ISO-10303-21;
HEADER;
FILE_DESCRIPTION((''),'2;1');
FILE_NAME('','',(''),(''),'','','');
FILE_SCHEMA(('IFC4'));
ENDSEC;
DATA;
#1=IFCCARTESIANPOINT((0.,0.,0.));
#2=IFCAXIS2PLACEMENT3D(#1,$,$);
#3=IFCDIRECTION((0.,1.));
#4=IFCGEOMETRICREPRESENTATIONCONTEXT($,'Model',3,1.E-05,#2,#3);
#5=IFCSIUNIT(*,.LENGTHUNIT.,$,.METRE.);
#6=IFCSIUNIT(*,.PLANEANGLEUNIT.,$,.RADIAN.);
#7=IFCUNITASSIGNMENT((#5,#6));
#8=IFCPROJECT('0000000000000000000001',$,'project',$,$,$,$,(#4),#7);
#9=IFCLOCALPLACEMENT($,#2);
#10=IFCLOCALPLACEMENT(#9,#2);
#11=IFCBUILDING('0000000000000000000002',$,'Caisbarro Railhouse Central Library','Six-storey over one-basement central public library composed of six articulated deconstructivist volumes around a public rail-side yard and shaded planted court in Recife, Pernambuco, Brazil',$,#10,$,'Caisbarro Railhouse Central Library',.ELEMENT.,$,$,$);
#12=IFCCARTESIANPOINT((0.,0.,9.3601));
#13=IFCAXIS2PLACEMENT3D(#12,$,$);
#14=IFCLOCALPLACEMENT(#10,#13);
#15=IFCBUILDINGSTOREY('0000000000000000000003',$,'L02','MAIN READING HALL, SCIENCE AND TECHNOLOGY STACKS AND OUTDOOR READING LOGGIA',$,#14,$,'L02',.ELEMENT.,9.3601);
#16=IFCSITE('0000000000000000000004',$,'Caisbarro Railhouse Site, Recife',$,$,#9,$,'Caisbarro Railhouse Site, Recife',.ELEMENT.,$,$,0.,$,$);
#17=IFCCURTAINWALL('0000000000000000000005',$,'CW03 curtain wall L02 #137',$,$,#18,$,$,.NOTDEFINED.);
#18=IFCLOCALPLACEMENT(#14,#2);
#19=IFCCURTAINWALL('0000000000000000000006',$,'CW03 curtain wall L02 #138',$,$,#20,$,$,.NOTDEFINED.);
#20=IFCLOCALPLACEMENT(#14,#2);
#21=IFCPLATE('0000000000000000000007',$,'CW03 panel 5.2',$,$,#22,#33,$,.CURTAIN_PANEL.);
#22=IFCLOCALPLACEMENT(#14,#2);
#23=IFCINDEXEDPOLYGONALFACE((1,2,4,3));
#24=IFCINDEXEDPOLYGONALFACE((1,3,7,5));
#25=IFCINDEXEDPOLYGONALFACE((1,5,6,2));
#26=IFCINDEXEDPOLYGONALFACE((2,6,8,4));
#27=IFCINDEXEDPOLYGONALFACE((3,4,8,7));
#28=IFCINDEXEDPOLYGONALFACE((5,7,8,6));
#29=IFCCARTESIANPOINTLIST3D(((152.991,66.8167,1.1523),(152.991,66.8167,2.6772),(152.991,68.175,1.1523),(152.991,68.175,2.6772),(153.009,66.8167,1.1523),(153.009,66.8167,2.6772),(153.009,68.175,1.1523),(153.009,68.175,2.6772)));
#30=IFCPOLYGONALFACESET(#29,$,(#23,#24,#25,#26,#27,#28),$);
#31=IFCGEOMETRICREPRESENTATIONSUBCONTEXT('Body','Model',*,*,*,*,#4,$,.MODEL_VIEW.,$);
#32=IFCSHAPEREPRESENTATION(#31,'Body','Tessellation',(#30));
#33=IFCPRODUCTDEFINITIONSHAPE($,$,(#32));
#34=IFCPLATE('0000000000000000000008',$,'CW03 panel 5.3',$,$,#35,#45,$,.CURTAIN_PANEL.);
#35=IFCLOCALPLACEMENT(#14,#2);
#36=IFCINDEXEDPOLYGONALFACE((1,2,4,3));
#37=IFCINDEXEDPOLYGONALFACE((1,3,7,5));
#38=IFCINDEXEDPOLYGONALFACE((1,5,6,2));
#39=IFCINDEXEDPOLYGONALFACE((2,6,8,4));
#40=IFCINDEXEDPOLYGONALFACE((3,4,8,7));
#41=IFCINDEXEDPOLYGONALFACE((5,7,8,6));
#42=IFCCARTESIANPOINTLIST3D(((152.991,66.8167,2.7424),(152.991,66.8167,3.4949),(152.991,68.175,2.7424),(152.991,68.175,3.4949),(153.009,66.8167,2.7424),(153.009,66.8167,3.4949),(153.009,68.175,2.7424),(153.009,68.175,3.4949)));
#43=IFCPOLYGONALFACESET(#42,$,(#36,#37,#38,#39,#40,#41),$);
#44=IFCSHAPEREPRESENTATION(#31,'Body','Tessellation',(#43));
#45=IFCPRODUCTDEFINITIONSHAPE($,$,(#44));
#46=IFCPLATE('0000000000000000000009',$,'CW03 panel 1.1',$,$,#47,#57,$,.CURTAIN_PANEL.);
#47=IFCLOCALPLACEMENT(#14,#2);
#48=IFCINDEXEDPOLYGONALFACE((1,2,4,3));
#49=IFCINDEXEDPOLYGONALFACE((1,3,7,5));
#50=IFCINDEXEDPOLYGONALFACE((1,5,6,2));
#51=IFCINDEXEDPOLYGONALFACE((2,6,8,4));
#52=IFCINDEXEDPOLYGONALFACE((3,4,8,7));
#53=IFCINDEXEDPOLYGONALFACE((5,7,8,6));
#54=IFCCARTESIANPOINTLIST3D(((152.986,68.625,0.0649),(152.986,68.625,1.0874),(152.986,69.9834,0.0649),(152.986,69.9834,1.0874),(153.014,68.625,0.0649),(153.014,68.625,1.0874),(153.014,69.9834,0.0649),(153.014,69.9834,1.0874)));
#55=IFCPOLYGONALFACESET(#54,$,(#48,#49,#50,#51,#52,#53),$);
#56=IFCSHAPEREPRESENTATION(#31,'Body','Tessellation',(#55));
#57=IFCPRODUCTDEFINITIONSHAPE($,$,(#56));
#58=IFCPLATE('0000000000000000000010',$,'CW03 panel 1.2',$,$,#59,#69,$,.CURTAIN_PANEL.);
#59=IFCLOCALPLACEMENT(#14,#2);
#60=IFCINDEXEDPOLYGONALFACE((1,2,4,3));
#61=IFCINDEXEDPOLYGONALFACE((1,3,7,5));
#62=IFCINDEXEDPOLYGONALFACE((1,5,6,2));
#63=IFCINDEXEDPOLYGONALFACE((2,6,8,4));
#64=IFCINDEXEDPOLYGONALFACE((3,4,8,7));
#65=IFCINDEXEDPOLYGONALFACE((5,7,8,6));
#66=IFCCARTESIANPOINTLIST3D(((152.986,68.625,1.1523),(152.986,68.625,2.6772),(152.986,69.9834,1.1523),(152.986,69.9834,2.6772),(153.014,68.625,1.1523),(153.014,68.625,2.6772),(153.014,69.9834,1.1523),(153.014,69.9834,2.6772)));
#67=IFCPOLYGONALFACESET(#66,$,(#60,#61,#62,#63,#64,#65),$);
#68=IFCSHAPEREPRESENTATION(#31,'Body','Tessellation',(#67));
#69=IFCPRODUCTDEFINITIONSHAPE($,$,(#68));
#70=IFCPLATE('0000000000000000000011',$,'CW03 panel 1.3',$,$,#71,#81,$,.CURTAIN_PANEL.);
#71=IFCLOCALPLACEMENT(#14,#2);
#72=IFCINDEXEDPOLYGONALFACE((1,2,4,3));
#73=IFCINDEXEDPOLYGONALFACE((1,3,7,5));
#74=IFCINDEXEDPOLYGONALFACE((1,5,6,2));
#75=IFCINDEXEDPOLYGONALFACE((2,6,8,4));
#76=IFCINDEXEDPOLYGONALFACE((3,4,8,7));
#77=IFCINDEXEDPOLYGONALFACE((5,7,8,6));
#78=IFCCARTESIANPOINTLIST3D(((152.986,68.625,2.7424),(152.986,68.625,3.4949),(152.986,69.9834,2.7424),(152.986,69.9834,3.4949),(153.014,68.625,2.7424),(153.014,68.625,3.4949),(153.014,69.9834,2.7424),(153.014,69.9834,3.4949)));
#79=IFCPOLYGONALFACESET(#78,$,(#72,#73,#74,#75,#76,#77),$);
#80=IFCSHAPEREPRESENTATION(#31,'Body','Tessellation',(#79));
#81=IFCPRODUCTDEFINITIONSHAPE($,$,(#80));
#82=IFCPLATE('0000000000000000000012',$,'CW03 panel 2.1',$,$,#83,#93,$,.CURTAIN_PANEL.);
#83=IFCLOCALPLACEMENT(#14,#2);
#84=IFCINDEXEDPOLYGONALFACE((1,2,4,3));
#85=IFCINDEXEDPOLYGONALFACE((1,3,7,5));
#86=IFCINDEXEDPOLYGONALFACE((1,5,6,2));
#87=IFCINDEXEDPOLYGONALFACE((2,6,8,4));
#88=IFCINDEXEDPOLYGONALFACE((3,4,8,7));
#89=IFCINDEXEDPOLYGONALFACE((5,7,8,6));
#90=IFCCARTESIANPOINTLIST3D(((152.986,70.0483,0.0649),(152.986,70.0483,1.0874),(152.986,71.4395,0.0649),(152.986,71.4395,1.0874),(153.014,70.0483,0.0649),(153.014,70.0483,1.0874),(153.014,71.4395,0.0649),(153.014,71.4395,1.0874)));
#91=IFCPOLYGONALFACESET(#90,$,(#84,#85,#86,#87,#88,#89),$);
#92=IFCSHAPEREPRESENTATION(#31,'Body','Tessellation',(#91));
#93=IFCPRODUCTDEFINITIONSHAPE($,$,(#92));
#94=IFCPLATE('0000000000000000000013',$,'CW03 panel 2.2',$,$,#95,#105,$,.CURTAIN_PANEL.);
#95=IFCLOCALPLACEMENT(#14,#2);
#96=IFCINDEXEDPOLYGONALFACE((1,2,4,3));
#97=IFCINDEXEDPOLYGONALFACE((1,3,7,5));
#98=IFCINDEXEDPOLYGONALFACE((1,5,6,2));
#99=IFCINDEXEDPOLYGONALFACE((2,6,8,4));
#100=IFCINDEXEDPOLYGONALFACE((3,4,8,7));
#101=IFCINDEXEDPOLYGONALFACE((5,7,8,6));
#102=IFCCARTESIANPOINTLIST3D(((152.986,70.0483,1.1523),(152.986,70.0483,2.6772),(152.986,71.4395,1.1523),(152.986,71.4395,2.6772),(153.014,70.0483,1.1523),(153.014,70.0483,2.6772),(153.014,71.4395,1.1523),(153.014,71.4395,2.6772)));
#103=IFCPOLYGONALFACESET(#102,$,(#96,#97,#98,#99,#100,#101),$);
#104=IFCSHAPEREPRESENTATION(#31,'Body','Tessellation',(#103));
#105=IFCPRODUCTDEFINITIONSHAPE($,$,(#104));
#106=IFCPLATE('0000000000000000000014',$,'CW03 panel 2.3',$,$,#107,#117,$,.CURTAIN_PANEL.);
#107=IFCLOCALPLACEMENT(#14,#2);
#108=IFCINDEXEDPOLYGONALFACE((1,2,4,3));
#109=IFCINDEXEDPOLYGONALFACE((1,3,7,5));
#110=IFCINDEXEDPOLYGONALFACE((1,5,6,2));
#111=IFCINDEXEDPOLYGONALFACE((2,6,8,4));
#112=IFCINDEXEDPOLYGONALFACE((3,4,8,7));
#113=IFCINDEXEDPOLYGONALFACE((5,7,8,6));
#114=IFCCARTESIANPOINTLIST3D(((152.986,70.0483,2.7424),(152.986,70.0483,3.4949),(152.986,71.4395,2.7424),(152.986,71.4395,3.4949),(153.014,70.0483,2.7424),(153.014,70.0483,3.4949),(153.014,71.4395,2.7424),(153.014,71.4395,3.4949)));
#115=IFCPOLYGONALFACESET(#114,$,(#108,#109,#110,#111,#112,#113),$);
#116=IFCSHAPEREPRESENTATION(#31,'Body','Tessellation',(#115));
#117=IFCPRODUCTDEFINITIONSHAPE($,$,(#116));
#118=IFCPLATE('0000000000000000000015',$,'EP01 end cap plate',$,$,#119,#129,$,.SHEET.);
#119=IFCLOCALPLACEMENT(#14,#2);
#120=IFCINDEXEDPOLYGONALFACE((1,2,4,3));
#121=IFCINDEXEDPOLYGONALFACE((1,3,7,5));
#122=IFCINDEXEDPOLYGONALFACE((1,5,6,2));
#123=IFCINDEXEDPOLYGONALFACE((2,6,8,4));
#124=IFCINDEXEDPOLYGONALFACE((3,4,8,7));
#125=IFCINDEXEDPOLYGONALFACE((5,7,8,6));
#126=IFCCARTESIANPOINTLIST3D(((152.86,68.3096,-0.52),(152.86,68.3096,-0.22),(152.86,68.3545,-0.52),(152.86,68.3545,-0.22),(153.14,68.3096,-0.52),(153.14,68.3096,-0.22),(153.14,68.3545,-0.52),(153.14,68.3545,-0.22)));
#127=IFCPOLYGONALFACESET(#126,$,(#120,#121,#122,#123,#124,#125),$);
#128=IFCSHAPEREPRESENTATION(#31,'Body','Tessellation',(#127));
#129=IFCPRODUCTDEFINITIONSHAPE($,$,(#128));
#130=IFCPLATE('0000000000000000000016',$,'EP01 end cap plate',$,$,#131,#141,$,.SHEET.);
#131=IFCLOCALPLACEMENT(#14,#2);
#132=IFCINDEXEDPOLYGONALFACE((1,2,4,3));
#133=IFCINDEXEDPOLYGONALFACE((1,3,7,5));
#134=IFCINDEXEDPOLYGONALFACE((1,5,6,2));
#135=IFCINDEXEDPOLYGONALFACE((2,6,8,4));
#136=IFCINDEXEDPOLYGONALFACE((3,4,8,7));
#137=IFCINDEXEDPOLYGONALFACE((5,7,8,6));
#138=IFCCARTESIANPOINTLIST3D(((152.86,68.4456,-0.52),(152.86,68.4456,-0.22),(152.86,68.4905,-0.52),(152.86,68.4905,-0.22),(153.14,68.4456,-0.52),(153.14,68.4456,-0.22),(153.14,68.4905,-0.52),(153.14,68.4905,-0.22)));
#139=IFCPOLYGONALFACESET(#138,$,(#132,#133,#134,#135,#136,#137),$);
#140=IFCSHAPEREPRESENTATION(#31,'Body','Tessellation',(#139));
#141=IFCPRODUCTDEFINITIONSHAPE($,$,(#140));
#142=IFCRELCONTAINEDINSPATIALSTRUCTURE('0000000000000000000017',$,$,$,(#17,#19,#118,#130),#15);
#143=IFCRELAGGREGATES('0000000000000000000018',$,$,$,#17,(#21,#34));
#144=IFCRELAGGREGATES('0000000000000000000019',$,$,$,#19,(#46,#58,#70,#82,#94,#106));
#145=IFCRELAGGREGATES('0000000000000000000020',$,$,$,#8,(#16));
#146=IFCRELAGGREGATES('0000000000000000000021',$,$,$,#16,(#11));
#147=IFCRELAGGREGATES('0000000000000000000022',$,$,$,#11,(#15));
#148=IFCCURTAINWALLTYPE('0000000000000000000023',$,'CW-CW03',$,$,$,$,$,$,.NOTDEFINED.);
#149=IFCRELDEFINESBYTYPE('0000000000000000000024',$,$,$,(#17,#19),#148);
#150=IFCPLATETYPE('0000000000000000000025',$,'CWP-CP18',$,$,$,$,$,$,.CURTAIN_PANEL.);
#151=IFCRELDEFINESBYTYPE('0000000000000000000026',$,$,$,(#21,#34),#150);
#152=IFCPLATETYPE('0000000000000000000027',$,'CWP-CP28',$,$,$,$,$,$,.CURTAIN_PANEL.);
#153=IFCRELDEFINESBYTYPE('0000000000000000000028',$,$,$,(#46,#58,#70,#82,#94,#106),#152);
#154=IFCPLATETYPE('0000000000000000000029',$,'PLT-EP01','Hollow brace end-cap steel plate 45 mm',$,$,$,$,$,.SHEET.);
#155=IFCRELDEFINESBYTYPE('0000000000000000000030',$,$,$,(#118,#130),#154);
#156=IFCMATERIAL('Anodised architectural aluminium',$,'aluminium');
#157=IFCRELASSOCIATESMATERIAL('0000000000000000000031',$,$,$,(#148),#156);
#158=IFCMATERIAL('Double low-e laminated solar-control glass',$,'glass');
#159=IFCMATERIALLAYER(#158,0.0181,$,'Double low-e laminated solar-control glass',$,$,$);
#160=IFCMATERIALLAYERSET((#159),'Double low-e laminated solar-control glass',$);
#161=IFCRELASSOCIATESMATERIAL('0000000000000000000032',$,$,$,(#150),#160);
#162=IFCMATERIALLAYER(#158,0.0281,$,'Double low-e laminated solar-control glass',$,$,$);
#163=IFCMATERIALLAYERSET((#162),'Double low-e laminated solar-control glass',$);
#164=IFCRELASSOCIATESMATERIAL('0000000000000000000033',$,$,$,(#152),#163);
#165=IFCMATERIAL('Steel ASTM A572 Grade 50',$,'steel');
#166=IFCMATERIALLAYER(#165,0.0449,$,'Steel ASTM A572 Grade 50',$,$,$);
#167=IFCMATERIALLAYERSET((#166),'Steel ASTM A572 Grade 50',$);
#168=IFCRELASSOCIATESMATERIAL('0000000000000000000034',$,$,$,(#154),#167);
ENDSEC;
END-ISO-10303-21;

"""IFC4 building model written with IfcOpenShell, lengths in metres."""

from ifc_helpers import new_model, si_unit, direction, frame, origin, origin_2d, place, context, subcontext, project, spatial, rectangle, extrude, material, layer, layer_set, type_object, element, aggregate, save


model = new_model("IFC4")

# Units and contexts
model_context = context("Model", 3, precision=1e-05, world=origin(), true_north=direction((0.0, 1.0)))
body_context = subcontext(model_context, "Body", "Model", "MODEL_VIEW")
ifc_project = project(units=[si_unit("LENGTHUNIT", "METRE"), si_unit("PLANEANGLEUNIT", "RADIAN")], contexts=[model_context])

# Site, building, storey
site_placement = place(None, origin())
site = spatial("IfcSite", under=ifc_project, at=site_placement, Name="Caisbarro Railhouse Site, Recife", LongName="Caisbarro Railhouse Site, Recife", CompositionType="ELEMENT", RefElevation=0.0)
building_placement = place(site_placement, origin())
building = spatial("IfcBuilding", under=site, at=building_placement, Name="Caisbarro Railhouse Central Library", Description="Six-storey over one-basement central public library composed of six articulated deconstructivist volumes around a public rail-side yard and shaded planted court in Recife, Pernambuco, Brazil", LongName="Caisbarro Railhouse Central Library", CompositionType="ELEMENT")
storey_placement = place(building_placement, frame((0.0, 0.0, 9.3601)))
storey = spatial("IfcBuildingStorey", under=building, at=storey_placement, Name="L02", Description="MAIN READING HALL, SCIENCE AND TECHNOLOGY STACKS AND OUTDOOR READING LOGGIA", LongName="L02", CompositionType="ELEMENT", Elevation=9.3601)

# Shared definitions
ifc_material_1 = material(Name="Steel ASTM A572 Grade 50", Category="steel")

# Curtain wall
ifc_material_2 = material(Name="Anodised architectural aluminium", Category="aluminium")
curtain_wall_type = type_object("IfcCurtainWallType", Name="CW-CW03", PredefinedType="NOTDEFINED", material=ifc_material_2)
curtain_wall_1_placement = place(storey_placement, origin())
curtain_wall_1 = element("IfcCurtainWall", 1, at=curtain_wall_1_placement, inside=storey, type_object=curtain_wall_type, Name="CW03 curtain wall L02 #137", PredefinedType="NOTDEFINED")

# Curtain wall
curtain_wall_2_placement = place(storey_placement, origin())
curtain_wall_2 = element("IfcCurtainWall", 2, at=curtain_wall_2_placement, inside=storey, type_object=curtain_wall_type, Name="CW03 curtain wall L02 #138", PredefinedType="NOTDEFINED")

# Plates
ifc_material_3 = material(Name="Double low-e laminated solar-control glass", Category="glass")
ifc_layer_1 = layer(ifc_material_3, 0.0181, Name="Double low-e laminated solar-control glass")
ifc_layer_set_1 = layer_set([ifc_layer_1], Name="Double low-e laminated solar-control glass")
plate_type_1 = type_object("IfcPlateType", Name="CWP-CP18", PredefinedType="CURTAIN_PANEL", material=ifc_layer_set_1)
plate_1_placement = place(storey_placement, frame((153.0, 67.4958, 1.1523), z_axis=(0.0, 0.0, 1.0), x_axis=(0.0, 1.0, 0.0)))
plate_1 = element("IfcPlate", 3, at=plate_1_placement, type_object=plate_type_1, Name="CW03 panel 5.2", PredefinedType="CURTAIN_PANEL", context=body_context, shape_type="SweptSolid", body=[
    extrude(rectangle(XDim=1.3584, YDim=0.0181, at=origin_2d()), origin(), (0.0, 0.0, 1.0), 1.5249),
])
plate_2_placement = place(storey_placement, frame((153.0, 67.4958, 2.7424), z_axis=(0.0, 0.0, 1.0), x_axis=(0.0, 1.0, 0.0)))
plate_2 = element("IfcPlate", 4, at=plate_2_placement, type_object=plate_type_1, Name="CW03 panel 5.3", PredefinedType="CURTAIN_PANEL", context=body_context, shape_type="SweptSolid", body=[
    extrude(rectangle(XDim=1.3584, YDim=0.0181, at=origin_2d()), origin(), (0.0, 0.0, 1.0), 0.7524),
])
aggregate(curtain_wall_1, [plate_1, plate_2])
ifc_layer_2 = layer(ifc_material_3, 0.0281, Name="Double low-e laminated solar-control glass")
ifc_layer_set_2 = layer_set([ifc_layer_2], Name="Double low-e laminated solar-control glass")
plate_type_2 = type_object("IfcPlateType", Name="CWP-CP28", PredefinedType="CURTAIN_PANEL", material=ifc_layer_set_2)
plate_3_placement = place(storey_placement, frame((153.0, 69.3042, 0.0649), z_axis=(0.0, 0.0, 1.0), x_axis=(0.0, 1.0, 0.0)))
plate_3 = element("IfcPlate", 5, at=plate_3_placement, type_object=plate_type_2, Name="CW03 panel 1.1", PredefinedType="CURTAIN_PANEL", context=body_context, shape_type="SweptSolid", body=[
    extrude(rectangle(XDim=1.3584, YDim=0.0281, at=origin_2d()), origin(), (0.0, 0.0, 1.0), 1.0225),
])
plate_4_placement = place(storey_placement, frame((153.0, 69.3042, 1.1523), z_axis=(0.0, 0.0, 1.0), x_axis=(0.0, 1.0, 0.0)))
plate_4 = element("IfcPlate", 6, at=plate_4_placement, type_object=plate_type_2, Name="CW03 panel 1.2", PredefinedType="CURTAIN_PANEL", context=body_context, shape_type="SweptSolid", body=[
    extrude(rectangle(XDim=1.3584, YDim=0.0281, at=origin_2d()), origin(), (0.0, 0.0, 1.0), 1.5249),
])
plate_5_placement = place(storey_placement, frame((153.0, 69.3042, 2.7424), z_axis=(0.0, 0.0, 1.0), x_axis=(0.0, 1.0, 0.0)))
plate_5 = element("IfcPlate", 7, at=plate_5_placement, type_object=plate_type_2, Name="CW03 panel 1.3", PredefinedType="CURTAIN_PANEL", context=body_context, shape_type="SweptSolid", body=[
    extrude(rectangle(XDim=1.3584, YDim=0.0281, at=origin_2d()), origin(), (0.0, 0.0, 1.0), 0.7524),
])
plate_6_placement = place(storey_placement, frame((153.0, 70.7439, 0.0649), z_axis=(0.0, 0.0, 1.0), x_axis=(0.0, 1.0, 0.0)))
plate_6 = element("IfcPlate", 8, at=plate_6_placement, type_object=plate_type_2, Name="CW03 panel 2.1", PredefinedType="CURTAIN_PANEL", context=body_context, shape_type="SweptSolid", body=[
    extrude(rectangle(XDim=1.3911, YDim=0.0281, at=origin_2d()), origin(), (0.0, 0.0, 1.0), 1.0225),
])
plate_7_placement = place(storey_placement, frame((153.0, 70.7439, 1.1523), z_axis=(0.0, 0.0, 1.0), x_axis=(0.0, 1.0, 0.0)))
plate_7 = element("IfcPlate", 9, at=plate_7_placement, type_object=plate_type_2, Name="CW03 panel 2.2", PredefinedType="CURTAIN_PANEL", context=body_context, shape_type="SweptSolid", body=[
    extrude(rectangle(XDim=1.3911, YDim=0.0281, at=origin_2d()), origin(), (0.0, 0.0, 1.0), 1.5249),
])
plate_8_placement = place(storey_placement, frame((153.0, 70.7439, 2.7424), z_axis=(0.0, 0.0, 1.0), x_axis=(0.0, 1.0, 0.0)))
plate_8 = element("IfcPlate", 10, at=plate_8_placement, type_object=plate_type_2, Name="CW03 panel 2.3", PredefinedType="CURTAIN_PANEL", context=body_context, shape_type="SweptSolid", body=[
    extrude(rectangle(XDim=1.3911, YDim=0.0281, at=origin_2d()), origin(), (0.0, 0.0, 1.0), 0.7524),
])
aggregate(curtain_wall_2, [plate_3, plate_4, plate_5, plate_6, plate_7, plate_8])

# Plates
ifc_layer_3 = layer(ifc_material_1, 0.0449, Name="Steel ASTM A572 Grade 50")
ifc_layer_set_3 = layer_set([ifc_layer_3], Name="Steel ASTM A572 Grade 50")
plate_type_3 = type_object("IfcPlateType", Name="PLT-EP01", Description="Hollow brace end-cap steel plate 45 mm", PredefinedType="SHEET", material=ifc_layer_set_3)
for number, where, z_axis, x_axis, name in (
    (11, (153.0, 68.332, -0.52), (0.0, 0.0, 1.0), (0.0, 1.0, 0.0), "EP01 end cap plate"),
    (12, (153.0, 68.468, -0.52), (0.0, 0.0, 1.0), (0.0, 1.0, 0.0), "EP01 end cap plate"),
):
    element("IfcPlate", number, at=place(storey_placement, frame(where, z_axis=z_axis, x_axis=x_axis)), inside=storey, type_object=plate_type_3, Name=name, PredefinedType="SHEET", context=body_context, shape_type="SweptSolid", body=[
        extrude(rectangle(XDim=0.0449, YDim=0.28, at=origin_2d()), origin(), (0.0, 0.0, 1.0), 0.3),
    ])

save(model, "model.ifc")
